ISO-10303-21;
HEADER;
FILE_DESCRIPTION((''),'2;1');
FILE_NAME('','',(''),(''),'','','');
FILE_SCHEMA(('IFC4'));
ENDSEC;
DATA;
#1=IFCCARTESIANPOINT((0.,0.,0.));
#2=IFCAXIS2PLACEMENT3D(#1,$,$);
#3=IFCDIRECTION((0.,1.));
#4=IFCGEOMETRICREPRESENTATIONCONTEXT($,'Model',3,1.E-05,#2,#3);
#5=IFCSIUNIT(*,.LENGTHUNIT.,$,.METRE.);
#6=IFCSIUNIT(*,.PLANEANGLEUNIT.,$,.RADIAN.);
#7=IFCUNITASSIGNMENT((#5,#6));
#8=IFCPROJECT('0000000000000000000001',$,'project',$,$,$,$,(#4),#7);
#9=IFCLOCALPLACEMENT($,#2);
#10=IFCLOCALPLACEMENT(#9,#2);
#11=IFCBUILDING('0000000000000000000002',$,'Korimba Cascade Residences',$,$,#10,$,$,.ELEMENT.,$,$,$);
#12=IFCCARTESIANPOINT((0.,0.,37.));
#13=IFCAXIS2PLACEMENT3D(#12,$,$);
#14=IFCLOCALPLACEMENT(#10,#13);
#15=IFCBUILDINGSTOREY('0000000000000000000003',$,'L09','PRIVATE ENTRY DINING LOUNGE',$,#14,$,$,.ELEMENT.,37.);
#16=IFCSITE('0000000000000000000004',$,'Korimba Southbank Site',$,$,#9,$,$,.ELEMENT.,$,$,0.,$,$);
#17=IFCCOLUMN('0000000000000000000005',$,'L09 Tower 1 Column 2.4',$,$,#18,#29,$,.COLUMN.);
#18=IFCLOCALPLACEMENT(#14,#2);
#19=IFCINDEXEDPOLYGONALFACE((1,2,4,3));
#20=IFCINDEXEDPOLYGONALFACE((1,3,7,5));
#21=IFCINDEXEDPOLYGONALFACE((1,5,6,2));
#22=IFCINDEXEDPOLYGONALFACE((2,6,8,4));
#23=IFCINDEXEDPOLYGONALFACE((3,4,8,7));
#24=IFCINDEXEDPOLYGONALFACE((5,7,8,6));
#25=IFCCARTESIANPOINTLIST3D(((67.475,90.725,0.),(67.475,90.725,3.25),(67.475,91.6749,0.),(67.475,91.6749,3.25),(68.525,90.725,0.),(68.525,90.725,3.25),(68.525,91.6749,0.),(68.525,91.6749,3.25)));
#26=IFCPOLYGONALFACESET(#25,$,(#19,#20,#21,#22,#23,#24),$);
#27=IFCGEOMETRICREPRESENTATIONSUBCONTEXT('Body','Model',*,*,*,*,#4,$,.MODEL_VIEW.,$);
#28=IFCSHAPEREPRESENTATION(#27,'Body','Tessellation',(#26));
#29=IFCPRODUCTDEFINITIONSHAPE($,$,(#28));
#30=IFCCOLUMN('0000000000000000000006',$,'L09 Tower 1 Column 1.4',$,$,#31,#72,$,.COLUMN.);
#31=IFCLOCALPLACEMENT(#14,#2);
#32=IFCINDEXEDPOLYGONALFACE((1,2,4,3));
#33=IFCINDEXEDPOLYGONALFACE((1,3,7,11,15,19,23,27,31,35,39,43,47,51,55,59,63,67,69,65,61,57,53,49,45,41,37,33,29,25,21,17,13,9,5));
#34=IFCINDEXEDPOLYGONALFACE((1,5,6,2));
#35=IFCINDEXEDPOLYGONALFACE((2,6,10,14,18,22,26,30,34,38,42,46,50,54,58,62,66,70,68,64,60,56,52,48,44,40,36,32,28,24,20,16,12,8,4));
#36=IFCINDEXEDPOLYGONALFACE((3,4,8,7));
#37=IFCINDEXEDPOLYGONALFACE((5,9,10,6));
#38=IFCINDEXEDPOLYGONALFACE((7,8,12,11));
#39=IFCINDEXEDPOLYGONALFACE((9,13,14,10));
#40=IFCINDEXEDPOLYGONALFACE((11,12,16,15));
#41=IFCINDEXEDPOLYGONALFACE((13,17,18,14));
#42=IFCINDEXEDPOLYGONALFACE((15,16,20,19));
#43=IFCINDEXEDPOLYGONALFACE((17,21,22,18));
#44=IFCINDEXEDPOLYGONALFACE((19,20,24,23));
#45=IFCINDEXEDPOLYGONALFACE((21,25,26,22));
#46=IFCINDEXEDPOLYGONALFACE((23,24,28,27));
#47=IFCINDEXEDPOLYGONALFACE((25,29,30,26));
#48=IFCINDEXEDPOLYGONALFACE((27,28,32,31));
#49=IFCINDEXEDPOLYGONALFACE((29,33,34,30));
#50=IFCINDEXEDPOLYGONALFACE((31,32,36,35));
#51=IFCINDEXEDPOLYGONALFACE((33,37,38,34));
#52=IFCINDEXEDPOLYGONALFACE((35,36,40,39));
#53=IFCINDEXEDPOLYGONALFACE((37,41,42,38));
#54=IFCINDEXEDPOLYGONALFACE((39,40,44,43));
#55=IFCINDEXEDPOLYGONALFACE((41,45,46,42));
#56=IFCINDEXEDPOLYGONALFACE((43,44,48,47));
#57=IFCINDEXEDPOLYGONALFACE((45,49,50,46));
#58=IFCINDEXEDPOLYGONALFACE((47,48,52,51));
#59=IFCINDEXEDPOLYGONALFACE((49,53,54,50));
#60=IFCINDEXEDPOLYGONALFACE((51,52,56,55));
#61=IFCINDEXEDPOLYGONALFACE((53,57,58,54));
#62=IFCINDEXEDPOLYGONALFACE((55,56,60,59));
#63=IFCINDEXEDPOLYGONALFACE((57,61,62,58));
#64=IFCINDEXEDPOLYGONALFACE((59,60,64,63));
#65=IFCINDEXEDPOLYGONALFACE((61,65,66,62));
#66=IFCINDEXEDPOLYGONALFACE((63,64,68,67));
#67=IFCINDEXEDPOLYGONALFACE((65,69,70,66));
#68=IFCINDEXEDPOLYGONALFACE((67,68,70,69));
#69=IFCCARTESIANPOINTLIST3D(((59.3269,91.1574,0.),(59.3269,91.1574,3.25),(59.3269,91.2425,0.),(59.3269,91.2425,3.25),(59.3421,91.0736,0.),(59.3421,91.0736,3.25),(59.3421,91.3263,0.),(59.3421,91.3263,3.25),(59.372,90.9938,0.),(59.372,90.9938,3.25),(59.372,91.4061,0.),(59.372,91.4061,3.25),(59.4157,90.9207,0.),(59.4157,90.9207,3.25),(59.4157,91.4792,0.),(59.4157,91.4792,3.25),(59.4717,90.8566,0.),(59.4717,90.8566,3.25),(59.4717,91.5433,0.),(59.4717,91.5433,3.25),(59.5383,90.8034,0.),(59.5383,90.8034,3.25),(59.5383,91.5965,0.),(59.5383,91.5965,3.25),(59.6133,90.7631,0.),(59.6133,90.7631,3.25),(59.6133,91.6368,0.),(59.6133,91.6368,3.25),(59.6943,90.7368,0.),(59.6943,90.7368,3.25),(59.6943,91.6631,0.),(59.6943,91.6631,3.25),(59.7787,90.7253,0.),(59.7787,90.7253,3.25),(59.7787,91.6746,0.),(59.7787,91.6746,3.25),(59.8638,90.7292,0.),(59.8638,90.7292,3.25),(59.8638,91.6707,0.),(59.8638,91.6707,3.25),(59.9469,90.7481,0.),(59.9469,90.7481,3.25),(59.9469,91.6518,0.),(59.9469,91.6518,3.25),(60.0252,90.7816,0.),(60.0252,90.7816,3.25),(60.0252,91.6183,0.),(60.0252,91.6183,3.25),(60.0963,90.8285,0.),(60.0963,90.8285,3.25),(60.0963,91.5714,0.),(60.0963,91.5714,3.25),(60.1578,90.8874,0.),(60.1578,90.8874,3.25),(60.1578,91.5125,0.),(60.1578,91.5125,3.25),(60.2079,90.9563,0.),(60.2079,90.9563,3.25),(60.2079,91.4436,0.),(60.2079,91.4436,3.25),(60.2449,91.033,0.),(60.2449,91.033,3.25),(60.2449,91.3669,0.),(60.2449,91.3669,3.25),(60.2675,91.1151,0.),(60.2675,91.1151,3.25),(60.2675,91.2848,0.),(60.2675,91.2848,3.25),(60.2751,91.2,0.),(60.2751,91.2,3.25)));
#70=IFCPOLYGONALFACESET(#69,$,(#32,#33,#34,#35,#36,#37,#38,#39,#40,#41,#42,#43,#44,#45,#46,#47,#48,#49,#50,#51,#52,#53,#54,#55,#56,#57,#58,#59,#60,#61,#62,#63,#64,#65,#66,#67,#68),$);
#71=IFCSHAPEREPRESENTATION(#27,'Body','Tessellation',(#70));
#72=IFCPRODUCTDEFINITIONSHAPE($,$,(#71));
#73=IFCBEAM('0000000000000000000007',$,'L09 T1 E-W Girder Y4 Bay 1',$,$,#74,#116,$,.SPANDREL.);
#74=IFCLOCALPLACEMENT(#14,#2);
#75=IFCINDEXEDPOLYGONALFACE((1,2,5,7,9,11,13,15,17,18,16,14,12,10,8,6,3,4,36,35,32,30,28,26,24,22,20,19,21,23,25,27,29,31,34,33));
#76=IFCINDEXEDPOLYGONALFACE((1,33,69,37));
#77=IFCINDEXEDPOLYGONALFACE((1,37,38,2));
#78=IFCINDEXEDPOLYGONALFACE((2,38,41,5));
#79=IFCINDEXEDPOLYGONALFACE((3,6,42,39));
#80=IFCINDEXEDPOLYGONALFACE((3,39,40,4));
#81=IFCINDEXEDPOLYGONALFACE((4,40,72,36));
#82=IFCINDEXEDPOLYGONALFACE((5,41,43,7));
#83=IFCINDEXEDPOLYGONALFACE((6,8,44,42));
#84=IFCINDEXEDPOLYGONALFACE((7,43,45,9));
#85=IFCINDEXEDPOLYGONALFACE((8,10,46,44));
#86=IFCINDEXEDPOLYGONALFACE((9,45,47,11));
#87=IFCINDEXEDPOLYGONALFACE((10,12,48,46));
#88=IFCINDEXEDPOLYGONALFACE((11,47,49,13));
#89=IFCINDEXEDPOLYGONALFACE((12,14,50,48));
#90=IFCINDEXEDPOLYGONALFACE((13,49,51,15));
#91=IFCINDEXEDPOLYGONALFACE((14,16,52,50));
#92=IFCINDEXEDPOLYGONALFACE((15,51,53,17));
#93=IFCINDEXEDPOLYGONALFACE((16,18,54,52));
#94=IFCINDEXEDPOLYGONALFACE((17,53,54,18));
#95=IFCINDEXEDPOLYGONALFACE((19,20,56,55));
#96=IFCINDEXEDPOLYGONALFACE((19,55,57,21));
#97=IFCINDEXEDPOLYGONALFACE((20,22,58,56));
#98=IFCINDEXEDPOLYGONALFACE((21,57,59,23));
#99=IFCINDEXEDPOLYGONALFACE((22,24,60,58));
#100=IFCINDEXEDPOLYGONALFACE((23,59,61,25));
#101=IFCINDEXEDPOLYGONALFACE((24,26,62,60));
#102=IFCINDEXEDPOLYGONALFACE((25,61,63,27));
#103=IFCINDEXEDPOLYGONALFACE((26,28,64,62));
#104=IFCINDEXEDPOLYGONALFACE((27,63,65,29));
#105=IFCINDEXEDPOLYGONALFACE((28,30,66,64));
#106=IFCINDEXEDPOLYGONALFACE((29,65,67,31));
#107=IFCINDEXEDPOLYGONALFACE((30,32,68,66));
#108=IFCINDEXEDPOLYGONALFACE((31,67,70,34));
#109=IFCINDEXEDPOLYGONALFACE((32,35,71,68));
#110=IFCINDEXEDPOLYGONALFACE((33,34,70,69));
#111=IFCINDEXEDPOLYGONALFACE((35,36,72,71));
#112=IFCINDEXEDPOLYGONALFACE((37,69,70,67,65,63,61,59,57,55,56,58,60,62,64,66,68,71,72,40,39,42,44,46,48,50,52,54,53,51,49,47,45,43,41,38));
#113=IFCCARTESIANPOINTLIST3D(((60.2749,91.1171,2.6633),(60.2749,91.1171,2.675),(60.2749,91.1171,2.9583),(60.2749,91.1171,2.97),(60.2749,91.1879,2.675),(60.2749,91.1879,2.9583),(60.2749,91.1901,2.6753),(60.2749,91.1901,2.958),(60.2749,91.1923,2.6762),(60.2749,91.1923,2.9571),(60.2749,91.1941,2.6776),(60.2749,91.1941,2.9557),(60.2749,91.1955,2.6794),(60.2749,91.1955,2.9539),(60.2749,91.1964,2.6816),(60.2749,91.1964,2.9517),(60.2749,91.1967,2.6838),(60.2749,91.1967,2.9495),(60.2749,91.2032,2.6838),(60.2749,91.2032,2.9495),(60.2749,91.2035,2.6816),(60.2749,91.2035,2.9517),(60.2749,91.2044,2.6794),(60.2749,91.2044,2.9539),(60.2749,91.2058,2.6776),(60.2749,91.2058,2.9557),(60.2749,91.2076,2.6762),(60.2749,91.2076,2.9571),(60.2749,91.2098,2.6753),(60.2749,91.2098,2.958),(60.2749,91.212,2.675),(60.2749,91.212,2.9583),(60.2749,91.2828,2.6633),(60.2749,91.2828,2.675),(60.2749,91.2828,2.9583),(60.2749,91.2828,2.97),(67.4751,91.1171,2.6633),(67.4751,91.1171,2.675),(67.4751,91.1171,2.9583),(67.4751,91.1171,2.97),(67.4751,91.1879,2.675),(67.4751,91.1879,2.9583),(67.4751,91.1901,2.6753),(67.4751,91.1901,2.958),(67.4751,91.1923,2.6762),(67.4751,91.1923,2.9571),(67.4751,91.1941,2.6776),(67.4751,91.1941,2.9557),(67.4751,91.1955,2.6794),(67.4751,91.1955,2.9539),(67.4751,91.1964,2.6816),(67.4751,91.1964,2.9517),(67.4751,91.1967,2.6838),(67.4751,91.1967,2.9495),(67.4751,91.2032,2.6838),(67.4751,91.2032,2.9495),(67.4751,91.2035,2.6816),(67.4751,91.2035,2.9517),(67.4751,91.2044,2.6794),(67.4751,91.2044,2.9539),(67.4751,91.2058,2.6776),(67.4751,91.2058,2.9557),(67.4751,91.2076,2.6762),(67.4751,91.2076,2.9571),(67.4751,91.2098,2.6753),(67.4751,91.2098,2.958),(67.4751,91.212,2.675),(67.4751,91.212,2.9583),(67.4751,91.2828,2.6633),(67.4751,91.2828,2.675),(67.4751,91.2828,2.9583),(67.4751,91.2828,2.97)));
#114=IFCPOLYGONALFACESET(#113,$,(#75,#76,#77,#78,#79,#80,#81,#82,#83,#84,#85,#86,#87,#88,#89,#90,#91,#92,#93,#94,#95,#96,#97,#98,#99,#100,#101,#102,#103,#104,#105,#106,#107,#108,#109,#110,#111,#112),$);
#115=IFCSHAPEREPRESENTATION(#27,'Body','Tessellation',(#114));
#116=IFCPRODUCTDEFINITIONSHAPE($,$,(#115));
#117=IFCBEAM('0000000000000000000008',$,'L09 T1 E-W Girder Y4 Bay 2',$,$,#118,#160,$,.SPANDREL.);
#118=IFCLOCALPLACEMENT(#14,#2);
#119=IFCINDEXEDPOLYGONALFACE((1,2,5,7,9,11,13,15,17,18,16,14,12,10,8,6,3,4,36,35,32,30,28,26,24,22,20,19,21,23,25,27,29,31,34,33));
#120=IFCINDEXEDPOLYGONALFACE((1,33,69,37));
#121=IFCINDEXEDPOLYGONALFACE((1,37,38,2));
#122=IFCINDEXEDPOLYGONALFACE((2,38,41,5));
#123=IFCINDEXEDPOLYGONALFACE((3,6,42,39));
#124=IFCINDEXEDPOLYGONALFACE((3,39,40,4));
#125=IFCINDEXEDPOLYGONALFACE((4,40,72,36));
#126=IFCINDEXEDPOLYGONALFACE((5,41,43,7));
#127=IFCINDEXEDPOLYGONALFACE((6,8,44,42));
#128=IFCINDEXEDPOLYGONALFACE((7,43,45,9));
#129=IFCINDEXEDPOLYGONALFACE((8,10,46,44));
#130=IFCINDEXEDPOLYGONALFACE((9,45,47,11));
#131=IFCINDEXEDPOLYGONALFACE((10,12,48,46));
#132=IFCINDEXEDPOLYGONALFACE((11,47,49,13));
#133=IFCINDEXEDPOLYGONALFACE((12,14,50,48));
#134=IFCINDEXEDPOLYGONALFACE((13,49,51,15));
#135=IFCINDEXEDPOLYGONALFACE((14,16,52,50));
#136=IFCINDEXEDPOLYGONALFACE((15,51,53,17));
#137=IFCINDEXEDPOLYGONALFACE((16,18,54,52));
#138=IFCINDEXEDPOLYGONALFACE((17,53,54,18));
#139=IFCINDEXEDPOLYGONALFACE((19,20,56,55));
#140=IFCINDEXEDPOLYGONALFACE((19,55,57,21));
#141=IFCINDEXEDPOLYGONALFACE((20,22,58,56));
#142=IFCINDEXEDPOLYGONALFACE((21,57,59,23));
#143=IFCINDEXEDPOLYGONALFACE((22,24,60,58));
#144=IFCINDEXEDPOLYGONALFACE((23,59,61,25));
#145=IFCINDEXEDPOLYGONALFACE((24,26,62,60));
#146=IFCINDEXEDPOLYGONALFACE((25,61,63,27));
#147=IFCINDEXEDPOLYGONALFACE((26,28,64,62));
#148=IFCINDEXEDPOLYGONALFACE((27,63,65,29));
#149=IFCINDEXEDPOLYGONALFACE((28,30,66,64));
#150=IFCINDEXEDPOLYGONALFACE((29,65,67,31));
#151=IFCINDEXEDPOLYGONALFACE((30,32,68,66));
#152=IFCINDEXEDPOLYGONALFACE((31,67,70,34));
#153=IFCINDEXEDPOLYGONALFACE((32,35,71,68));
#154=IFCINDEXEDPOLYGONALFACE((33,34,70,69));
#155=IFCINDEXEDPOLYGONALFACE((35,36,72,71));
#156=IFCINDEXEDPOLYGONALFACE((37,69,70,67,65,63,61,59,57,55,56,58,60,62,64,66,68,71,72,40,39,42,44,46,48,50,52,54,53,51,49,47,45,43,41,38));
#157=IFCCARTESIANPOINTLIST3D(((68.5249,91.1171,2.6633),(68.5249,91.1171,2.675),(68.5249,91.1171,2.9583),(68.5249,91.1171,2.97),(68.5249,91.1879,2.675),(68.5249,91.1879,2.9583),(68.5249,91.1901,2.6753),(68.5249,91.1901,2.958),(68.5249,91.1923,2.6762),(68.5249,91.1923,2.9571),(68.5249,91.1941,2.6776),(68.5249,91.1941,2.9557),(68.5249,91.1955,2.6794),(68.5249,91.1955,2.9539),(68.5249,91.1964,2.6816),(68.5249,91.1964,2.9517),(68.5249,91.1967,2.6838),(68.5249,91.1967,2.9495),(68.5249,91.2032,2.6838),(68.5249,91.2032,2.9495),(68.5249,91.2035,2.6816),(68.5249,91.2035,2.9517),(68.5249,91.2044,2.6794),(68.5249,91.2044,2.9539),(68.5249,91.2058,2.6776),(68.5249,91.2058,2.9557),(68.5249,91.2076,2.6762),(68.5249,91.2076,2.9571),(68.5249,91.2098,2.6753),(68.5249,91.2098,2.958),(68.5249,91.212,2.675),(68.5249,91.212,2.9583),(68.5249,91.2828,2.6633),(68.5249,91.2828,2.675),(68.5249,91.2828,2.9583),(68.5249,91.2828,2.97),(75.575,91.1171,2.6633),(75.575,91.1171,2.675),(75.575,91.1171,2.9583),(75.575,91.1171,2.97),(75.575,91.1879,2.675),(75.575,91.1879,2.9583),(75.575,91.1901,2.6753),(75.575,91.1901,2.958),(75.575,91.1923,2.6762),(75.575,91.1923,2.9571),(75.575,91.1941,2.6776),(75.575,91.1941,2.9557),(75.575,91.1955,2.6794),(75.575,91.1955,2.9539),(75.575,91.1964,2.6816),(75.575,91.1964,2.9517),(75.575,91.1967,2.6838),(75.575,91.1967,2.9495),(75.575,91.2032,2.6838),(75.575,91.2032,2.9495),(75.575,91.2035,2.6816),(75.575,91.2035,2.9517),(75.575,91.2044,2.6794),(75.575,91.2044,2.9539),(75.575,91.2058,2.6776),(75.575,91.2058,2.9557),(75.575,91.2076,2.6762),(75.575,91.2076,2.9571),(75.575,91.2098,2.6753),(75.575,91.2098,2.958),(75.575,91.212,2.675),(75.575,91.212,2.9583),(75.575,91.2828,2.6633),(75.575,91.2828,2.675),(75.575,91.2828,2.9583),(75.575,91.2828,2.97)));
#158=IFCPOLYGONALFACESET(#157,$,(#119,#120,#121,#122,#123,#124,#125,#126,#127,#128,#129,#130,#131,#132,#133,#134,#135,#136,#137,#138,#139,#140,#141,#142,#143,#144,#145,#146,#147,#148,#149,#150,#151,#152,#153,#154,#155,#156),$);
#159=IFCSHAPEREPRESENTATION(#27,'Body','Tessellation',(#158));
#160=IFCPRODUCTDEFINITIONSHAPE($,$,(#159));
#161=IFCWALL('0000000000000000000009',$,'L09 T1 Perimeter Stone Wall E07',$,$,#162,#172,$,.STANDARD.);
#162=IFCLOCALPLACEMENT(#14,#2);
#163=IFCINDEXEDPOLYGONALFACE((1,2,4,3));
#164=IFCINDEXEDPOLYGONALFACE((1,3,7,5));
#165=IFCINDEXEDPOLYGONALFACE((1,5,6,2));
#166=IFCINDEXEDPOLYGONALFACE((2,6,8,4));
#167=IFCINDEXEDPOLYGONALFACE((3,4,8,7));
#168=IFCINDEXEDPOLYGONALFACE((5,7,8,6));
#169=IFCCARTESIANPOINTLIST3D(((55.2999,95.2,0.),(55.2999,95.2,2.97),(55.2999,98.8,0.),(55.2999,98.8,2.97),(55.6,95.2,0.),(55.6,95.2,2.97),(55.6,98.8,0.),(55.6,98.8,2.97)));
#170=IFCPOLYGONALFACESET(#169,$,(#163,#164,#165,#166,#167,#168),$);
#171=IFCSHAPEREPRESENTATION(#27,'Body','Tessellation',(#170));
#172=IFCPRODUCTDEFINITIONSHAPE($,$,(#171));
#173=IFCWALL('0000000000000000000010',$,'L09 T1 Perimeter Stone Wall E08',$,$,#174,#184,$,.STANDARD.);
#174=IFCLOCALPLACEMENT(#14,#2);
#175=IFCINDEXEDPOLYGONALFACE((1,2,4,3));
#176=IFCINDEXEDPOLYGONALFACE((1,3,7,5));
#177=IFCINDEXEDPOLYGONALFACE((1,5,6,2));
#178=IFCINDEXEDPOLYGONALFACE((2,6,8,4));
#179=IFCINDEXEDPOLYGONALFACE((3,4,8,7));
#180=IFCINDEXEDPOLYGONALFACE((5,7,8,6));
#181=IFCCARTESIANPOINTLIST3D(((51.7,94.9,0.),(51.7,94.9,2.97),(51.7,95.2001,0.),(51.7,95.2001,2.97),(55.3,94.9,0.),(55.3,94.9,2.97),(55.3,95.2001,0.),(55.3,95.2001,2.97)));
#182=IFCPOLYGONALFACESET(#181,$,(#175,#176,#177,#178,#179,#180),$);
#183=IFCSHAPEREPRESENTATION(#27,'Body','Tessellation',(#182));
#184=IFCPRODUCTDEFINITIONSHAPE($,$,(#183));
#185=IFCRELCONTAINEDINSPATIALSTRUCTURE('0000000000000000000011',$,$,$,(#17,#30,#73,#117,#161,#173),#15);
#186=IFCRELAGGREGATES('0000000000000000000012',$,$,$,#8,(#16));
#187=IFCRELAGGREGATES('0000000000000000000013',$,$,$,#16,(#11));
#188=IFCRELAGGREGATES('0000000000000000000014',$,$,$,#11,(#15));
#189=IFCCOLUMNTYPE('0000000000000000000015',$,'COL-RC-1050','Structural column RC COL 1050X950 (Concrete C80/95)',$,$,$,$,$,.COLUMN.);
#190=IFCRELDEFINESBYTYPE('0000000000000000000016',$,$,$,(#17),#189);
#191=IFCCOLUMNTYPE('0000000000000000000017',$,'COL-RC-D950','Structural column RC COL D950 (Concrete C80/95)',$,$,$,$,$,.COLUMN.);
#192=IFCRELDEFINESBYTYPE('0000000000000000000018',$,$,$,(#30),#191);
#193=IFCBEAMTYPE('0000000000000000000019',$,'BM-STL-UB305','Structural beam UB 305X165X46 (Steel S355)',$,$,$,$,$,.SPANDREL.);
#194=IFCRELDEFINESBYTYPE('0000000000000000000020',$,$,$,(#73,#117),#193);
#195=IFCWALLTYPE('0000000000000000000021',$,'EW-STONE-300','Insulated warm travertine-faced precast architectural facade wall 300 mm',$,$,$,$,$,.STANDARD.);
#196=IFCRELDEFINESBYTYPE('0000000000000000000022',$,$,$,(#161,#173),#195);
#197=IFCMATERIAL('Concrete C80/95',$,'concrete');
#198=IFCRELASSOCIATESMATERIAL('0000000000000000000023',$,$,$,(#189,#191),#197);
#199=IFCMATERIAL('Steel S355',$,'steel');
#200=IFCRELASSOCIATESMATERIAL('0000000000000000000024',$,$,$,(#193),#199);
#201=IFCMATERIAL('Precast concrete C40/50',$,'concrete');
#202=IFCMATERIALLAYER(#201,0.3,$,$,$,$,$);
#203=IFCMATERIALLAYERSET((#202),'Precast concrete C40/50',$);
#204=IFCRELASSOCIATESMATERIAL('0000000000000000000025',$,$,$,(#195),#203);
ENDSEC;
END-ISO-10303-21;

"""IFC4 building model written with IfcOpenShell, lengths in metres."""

from ifc_helpers import new_model, si_unit, direction, frame, frame_2d, origin, origin_2d, place, context, subcontext, project, spatial, rectangle, circle, i_section, extrude, material, layer, layer_set, material_profile, profile_set, type_object, element, save


model = new_model("IFC4")

# Units and contexts
model_context = context("Model", 3, precision=1e-05, world=origin(), true_north=direction((0.0, 1.0)))
body_context = subcontext(model_context, "Body", "Model", "MODEL_VIEW")
ifc_project = project(units=[si_unit("LENGTHUNIT", "METRE"), si_unit("PLANEANGLEUNIT", "RADIAN")], contexts=[model_context])

# Site, building, storey
site_placement = place(None, origin())
site = spatial("IfcSite", under=ifc_project, at=site_placement, Name="Korimba Southbank Site", CompositionType="ELEMENT", RefElevation=0.0)
building_placement = place(site_placement, origin())
building = spatial("IfcBuilding", under=site, at=building_placement, Name="Korimba Cascade Residences", CompositionType="ELEMENT")
storey_placement = place(building_placement, frame((0.0, 0.0, 37.0)))
storey = spatial("IfcBuildingStorey", under=building, at=storey_placement, Name="L09", Description="PRIVATE ENTRY DINING LOUNGE", CompositionType="ELEMENT", Elevation=37.0)

# Columns
ifc_material_1 = material(Name="Concrete C80/95", Category="concrete")
ifc_material_profile_1 = material_profile(ifc_material_1, rectangle(XDim=1.05, YDim=0.95, at=origin_2d()), Name="Concrete C80/95")
ifc_profile_set_1 = profile_set([ifc_material_profile_1], Name="Concrete C80/95")
column_type_1 = type_object("IfcColumnType", Name="COL-RC-1050", Description="Structural column RC COL 1050X950 (Concrete C80/95)", PredefinedType="COLUMN", material=ifc_profile_set_1)
column_1_placement = place(storey_placement, frame((68.0, 91.2, 0.0), z_axis=(0.0, 0.0, 1.0), x_axis=(1.0, 0.0, 0.0)))
element("IfcColumn", 1, at=column_1_placement, inside=storey, type_object=column_type_1, Name="L09 Tower 1 Column 2.4", PredefinedType="COLUMN", context=body_context, shape_type="SweptSolid", body=[
    extrude(rectangle(XDim=1.05, YDim=0.95, at=origin_2d()), origin(), (0.0, 0.0, 1.0), 3.25),
])
ifc_material_profile_2 = material_profile(ifc_material_1, circle(Radius=0.4751, at=origin_2d()), Name="Concrete C80/95")
ifc_profile_set_2 = profile_set([ifc_material_profile_2], Name="Concrete C80/95")
column_type_2 = type_object("IfcColumnType", Name="COL-RC-D950", Description="Structural column RC COL D950 (Concrete C80/95)", PredefinedType="COLUMN", material=ifc_profile_set_2)
column_2_placement = place(storey_placement, frame((59.8, 91.2, 0.0), z_axis=(0.0, 0.0, 1.0), x_axis=(1.0, 0.0, 0.0)))
element("IfcColumn", 2, at=column_2_placement, inside=storey, type_object=column_type_2, Name="L09 Tower 1 Column 1.4", PredefinedType="COLUMN", context=body_context, shape_type="SweptSolid", body=[
    extrude(circle(Radius=0.4751, at=origin_2d()), origin(), (0.0, 0.0, 1.0), 3.25),
])

# Beams
ifc_material_2 = material(Name="Steel S355", Category="steel")
ifc_material_profile_3 = material_profile(ifc_material_2, i_section(OverallWidth=0.1658, OverallDepth=0.3066, WebThickness=0.0066, FlangeThickness=0.0117, FilletRadius=0.0088, at=origin_2d()), Name="Steel S355")
ifc_profile_set_3 = profile_set([ifc_material_profile_3], Name="Steel S355")
beam_type = type_object("IfcBeamType", Name="BM-STL-UB305", Description="Structural beam UB 305X165X46 (Steel S355)", PredefinedType="SPANDREL", material=ifc_profile_set_3)
beam_1_placement = place(storey_placement, frame((60.2749, 91.2, 2.8167), z_axis=(1.0, 0.0, 0.0), x_axis=(0.0, 1.0, 0.0)))
element("IfcBeam", 3, at=beam_1_placement, inside=storey, type_object=beam_type, Name="L09 T1 E-W Girder Y4 Bay 1", PredefinedType="SPANDREL", context=body_context, shape_type="SweptSolid", body=[
    extrude(i_section(OverallWidth=0.1658, OverallDepth=0.3066, WebThickness=0.0066, FlangeThickness=0.0117, FilletRadius=0.0088, at=origin_2d()), origin(), (0.0, 0.0, 1.0), 7.2002),
])
beam_2_placement = place(storey_placement, frame((68.5249, 91.2, 2.8167), z_axis=(1.0, 0.0, 0.0), x_axis=(0.0, 1.0, 0.0)))
element("IfcBeam", 4, at=beam_2_placement, inside=storey, type_object=beam_type, Name="L09 T1 E-W Girder Y4 Bay 2", PredefinedType="SPANDREL", context=body_context, shape_type="SweptSolid", body=[
    extrude(i_section(OverallWidth=0.1658, OverallDepth=0.3066, WebThickness=0.0066, FlangeThickness=0.0117, FilletRadius=0.0088, at=origin_2d()), origin(), (0.0, 0.0, 1.0), 7.05),
])

# Walls
ifc_material_3 = material(Name="Precast concrete C40/50", Category="concrete")
ifc_layer_1 = layer(ifc_material_3, 0.3)
ifc_layer_set_1 = layer_set([ifc_layer_1], Name="Precast concrete C40/50")
wall_type_1 = type_object("IfcWallType", Name="EW-STONE-300", Description="Insulated warm travertine-faced precast architectural facade wall 300 mm", PredefinedType="STANDARD", material=ifc_layer_set_1)
for number, where, z_axis, x_axis, name in (
    (5, (55.45, 98.8, 0.0), (0.0, 0.0, 1.0), (0.0, -1.0, 0.0), "L09 T1 Perimeter Stone Wall E07"),
    (6, (55.3, 95.05, 0.0), (0.0, 0.0, 1.0), (-1.0, 0.0, 0.0), "L09 T1 Perimeter Stone Wall E08"),
):
    element("IfcWall", number, at=place(storey_placement, frame(where, z_axis=z_axis, x_axis=x_axis)), inside=storey, type_object=wall_type_1, Name=name, PredefinedType="STANDARD", context=body_context, shape_type="SweptSolid", body=[
        extrude(rectangle(XDim=3.6001, YDim=0.3, at=frame_2d((1.8, 0.0))), origin(), (0.0, 0.0, 1.0), 2.97),
    ])

save(model, "model.ifc")
